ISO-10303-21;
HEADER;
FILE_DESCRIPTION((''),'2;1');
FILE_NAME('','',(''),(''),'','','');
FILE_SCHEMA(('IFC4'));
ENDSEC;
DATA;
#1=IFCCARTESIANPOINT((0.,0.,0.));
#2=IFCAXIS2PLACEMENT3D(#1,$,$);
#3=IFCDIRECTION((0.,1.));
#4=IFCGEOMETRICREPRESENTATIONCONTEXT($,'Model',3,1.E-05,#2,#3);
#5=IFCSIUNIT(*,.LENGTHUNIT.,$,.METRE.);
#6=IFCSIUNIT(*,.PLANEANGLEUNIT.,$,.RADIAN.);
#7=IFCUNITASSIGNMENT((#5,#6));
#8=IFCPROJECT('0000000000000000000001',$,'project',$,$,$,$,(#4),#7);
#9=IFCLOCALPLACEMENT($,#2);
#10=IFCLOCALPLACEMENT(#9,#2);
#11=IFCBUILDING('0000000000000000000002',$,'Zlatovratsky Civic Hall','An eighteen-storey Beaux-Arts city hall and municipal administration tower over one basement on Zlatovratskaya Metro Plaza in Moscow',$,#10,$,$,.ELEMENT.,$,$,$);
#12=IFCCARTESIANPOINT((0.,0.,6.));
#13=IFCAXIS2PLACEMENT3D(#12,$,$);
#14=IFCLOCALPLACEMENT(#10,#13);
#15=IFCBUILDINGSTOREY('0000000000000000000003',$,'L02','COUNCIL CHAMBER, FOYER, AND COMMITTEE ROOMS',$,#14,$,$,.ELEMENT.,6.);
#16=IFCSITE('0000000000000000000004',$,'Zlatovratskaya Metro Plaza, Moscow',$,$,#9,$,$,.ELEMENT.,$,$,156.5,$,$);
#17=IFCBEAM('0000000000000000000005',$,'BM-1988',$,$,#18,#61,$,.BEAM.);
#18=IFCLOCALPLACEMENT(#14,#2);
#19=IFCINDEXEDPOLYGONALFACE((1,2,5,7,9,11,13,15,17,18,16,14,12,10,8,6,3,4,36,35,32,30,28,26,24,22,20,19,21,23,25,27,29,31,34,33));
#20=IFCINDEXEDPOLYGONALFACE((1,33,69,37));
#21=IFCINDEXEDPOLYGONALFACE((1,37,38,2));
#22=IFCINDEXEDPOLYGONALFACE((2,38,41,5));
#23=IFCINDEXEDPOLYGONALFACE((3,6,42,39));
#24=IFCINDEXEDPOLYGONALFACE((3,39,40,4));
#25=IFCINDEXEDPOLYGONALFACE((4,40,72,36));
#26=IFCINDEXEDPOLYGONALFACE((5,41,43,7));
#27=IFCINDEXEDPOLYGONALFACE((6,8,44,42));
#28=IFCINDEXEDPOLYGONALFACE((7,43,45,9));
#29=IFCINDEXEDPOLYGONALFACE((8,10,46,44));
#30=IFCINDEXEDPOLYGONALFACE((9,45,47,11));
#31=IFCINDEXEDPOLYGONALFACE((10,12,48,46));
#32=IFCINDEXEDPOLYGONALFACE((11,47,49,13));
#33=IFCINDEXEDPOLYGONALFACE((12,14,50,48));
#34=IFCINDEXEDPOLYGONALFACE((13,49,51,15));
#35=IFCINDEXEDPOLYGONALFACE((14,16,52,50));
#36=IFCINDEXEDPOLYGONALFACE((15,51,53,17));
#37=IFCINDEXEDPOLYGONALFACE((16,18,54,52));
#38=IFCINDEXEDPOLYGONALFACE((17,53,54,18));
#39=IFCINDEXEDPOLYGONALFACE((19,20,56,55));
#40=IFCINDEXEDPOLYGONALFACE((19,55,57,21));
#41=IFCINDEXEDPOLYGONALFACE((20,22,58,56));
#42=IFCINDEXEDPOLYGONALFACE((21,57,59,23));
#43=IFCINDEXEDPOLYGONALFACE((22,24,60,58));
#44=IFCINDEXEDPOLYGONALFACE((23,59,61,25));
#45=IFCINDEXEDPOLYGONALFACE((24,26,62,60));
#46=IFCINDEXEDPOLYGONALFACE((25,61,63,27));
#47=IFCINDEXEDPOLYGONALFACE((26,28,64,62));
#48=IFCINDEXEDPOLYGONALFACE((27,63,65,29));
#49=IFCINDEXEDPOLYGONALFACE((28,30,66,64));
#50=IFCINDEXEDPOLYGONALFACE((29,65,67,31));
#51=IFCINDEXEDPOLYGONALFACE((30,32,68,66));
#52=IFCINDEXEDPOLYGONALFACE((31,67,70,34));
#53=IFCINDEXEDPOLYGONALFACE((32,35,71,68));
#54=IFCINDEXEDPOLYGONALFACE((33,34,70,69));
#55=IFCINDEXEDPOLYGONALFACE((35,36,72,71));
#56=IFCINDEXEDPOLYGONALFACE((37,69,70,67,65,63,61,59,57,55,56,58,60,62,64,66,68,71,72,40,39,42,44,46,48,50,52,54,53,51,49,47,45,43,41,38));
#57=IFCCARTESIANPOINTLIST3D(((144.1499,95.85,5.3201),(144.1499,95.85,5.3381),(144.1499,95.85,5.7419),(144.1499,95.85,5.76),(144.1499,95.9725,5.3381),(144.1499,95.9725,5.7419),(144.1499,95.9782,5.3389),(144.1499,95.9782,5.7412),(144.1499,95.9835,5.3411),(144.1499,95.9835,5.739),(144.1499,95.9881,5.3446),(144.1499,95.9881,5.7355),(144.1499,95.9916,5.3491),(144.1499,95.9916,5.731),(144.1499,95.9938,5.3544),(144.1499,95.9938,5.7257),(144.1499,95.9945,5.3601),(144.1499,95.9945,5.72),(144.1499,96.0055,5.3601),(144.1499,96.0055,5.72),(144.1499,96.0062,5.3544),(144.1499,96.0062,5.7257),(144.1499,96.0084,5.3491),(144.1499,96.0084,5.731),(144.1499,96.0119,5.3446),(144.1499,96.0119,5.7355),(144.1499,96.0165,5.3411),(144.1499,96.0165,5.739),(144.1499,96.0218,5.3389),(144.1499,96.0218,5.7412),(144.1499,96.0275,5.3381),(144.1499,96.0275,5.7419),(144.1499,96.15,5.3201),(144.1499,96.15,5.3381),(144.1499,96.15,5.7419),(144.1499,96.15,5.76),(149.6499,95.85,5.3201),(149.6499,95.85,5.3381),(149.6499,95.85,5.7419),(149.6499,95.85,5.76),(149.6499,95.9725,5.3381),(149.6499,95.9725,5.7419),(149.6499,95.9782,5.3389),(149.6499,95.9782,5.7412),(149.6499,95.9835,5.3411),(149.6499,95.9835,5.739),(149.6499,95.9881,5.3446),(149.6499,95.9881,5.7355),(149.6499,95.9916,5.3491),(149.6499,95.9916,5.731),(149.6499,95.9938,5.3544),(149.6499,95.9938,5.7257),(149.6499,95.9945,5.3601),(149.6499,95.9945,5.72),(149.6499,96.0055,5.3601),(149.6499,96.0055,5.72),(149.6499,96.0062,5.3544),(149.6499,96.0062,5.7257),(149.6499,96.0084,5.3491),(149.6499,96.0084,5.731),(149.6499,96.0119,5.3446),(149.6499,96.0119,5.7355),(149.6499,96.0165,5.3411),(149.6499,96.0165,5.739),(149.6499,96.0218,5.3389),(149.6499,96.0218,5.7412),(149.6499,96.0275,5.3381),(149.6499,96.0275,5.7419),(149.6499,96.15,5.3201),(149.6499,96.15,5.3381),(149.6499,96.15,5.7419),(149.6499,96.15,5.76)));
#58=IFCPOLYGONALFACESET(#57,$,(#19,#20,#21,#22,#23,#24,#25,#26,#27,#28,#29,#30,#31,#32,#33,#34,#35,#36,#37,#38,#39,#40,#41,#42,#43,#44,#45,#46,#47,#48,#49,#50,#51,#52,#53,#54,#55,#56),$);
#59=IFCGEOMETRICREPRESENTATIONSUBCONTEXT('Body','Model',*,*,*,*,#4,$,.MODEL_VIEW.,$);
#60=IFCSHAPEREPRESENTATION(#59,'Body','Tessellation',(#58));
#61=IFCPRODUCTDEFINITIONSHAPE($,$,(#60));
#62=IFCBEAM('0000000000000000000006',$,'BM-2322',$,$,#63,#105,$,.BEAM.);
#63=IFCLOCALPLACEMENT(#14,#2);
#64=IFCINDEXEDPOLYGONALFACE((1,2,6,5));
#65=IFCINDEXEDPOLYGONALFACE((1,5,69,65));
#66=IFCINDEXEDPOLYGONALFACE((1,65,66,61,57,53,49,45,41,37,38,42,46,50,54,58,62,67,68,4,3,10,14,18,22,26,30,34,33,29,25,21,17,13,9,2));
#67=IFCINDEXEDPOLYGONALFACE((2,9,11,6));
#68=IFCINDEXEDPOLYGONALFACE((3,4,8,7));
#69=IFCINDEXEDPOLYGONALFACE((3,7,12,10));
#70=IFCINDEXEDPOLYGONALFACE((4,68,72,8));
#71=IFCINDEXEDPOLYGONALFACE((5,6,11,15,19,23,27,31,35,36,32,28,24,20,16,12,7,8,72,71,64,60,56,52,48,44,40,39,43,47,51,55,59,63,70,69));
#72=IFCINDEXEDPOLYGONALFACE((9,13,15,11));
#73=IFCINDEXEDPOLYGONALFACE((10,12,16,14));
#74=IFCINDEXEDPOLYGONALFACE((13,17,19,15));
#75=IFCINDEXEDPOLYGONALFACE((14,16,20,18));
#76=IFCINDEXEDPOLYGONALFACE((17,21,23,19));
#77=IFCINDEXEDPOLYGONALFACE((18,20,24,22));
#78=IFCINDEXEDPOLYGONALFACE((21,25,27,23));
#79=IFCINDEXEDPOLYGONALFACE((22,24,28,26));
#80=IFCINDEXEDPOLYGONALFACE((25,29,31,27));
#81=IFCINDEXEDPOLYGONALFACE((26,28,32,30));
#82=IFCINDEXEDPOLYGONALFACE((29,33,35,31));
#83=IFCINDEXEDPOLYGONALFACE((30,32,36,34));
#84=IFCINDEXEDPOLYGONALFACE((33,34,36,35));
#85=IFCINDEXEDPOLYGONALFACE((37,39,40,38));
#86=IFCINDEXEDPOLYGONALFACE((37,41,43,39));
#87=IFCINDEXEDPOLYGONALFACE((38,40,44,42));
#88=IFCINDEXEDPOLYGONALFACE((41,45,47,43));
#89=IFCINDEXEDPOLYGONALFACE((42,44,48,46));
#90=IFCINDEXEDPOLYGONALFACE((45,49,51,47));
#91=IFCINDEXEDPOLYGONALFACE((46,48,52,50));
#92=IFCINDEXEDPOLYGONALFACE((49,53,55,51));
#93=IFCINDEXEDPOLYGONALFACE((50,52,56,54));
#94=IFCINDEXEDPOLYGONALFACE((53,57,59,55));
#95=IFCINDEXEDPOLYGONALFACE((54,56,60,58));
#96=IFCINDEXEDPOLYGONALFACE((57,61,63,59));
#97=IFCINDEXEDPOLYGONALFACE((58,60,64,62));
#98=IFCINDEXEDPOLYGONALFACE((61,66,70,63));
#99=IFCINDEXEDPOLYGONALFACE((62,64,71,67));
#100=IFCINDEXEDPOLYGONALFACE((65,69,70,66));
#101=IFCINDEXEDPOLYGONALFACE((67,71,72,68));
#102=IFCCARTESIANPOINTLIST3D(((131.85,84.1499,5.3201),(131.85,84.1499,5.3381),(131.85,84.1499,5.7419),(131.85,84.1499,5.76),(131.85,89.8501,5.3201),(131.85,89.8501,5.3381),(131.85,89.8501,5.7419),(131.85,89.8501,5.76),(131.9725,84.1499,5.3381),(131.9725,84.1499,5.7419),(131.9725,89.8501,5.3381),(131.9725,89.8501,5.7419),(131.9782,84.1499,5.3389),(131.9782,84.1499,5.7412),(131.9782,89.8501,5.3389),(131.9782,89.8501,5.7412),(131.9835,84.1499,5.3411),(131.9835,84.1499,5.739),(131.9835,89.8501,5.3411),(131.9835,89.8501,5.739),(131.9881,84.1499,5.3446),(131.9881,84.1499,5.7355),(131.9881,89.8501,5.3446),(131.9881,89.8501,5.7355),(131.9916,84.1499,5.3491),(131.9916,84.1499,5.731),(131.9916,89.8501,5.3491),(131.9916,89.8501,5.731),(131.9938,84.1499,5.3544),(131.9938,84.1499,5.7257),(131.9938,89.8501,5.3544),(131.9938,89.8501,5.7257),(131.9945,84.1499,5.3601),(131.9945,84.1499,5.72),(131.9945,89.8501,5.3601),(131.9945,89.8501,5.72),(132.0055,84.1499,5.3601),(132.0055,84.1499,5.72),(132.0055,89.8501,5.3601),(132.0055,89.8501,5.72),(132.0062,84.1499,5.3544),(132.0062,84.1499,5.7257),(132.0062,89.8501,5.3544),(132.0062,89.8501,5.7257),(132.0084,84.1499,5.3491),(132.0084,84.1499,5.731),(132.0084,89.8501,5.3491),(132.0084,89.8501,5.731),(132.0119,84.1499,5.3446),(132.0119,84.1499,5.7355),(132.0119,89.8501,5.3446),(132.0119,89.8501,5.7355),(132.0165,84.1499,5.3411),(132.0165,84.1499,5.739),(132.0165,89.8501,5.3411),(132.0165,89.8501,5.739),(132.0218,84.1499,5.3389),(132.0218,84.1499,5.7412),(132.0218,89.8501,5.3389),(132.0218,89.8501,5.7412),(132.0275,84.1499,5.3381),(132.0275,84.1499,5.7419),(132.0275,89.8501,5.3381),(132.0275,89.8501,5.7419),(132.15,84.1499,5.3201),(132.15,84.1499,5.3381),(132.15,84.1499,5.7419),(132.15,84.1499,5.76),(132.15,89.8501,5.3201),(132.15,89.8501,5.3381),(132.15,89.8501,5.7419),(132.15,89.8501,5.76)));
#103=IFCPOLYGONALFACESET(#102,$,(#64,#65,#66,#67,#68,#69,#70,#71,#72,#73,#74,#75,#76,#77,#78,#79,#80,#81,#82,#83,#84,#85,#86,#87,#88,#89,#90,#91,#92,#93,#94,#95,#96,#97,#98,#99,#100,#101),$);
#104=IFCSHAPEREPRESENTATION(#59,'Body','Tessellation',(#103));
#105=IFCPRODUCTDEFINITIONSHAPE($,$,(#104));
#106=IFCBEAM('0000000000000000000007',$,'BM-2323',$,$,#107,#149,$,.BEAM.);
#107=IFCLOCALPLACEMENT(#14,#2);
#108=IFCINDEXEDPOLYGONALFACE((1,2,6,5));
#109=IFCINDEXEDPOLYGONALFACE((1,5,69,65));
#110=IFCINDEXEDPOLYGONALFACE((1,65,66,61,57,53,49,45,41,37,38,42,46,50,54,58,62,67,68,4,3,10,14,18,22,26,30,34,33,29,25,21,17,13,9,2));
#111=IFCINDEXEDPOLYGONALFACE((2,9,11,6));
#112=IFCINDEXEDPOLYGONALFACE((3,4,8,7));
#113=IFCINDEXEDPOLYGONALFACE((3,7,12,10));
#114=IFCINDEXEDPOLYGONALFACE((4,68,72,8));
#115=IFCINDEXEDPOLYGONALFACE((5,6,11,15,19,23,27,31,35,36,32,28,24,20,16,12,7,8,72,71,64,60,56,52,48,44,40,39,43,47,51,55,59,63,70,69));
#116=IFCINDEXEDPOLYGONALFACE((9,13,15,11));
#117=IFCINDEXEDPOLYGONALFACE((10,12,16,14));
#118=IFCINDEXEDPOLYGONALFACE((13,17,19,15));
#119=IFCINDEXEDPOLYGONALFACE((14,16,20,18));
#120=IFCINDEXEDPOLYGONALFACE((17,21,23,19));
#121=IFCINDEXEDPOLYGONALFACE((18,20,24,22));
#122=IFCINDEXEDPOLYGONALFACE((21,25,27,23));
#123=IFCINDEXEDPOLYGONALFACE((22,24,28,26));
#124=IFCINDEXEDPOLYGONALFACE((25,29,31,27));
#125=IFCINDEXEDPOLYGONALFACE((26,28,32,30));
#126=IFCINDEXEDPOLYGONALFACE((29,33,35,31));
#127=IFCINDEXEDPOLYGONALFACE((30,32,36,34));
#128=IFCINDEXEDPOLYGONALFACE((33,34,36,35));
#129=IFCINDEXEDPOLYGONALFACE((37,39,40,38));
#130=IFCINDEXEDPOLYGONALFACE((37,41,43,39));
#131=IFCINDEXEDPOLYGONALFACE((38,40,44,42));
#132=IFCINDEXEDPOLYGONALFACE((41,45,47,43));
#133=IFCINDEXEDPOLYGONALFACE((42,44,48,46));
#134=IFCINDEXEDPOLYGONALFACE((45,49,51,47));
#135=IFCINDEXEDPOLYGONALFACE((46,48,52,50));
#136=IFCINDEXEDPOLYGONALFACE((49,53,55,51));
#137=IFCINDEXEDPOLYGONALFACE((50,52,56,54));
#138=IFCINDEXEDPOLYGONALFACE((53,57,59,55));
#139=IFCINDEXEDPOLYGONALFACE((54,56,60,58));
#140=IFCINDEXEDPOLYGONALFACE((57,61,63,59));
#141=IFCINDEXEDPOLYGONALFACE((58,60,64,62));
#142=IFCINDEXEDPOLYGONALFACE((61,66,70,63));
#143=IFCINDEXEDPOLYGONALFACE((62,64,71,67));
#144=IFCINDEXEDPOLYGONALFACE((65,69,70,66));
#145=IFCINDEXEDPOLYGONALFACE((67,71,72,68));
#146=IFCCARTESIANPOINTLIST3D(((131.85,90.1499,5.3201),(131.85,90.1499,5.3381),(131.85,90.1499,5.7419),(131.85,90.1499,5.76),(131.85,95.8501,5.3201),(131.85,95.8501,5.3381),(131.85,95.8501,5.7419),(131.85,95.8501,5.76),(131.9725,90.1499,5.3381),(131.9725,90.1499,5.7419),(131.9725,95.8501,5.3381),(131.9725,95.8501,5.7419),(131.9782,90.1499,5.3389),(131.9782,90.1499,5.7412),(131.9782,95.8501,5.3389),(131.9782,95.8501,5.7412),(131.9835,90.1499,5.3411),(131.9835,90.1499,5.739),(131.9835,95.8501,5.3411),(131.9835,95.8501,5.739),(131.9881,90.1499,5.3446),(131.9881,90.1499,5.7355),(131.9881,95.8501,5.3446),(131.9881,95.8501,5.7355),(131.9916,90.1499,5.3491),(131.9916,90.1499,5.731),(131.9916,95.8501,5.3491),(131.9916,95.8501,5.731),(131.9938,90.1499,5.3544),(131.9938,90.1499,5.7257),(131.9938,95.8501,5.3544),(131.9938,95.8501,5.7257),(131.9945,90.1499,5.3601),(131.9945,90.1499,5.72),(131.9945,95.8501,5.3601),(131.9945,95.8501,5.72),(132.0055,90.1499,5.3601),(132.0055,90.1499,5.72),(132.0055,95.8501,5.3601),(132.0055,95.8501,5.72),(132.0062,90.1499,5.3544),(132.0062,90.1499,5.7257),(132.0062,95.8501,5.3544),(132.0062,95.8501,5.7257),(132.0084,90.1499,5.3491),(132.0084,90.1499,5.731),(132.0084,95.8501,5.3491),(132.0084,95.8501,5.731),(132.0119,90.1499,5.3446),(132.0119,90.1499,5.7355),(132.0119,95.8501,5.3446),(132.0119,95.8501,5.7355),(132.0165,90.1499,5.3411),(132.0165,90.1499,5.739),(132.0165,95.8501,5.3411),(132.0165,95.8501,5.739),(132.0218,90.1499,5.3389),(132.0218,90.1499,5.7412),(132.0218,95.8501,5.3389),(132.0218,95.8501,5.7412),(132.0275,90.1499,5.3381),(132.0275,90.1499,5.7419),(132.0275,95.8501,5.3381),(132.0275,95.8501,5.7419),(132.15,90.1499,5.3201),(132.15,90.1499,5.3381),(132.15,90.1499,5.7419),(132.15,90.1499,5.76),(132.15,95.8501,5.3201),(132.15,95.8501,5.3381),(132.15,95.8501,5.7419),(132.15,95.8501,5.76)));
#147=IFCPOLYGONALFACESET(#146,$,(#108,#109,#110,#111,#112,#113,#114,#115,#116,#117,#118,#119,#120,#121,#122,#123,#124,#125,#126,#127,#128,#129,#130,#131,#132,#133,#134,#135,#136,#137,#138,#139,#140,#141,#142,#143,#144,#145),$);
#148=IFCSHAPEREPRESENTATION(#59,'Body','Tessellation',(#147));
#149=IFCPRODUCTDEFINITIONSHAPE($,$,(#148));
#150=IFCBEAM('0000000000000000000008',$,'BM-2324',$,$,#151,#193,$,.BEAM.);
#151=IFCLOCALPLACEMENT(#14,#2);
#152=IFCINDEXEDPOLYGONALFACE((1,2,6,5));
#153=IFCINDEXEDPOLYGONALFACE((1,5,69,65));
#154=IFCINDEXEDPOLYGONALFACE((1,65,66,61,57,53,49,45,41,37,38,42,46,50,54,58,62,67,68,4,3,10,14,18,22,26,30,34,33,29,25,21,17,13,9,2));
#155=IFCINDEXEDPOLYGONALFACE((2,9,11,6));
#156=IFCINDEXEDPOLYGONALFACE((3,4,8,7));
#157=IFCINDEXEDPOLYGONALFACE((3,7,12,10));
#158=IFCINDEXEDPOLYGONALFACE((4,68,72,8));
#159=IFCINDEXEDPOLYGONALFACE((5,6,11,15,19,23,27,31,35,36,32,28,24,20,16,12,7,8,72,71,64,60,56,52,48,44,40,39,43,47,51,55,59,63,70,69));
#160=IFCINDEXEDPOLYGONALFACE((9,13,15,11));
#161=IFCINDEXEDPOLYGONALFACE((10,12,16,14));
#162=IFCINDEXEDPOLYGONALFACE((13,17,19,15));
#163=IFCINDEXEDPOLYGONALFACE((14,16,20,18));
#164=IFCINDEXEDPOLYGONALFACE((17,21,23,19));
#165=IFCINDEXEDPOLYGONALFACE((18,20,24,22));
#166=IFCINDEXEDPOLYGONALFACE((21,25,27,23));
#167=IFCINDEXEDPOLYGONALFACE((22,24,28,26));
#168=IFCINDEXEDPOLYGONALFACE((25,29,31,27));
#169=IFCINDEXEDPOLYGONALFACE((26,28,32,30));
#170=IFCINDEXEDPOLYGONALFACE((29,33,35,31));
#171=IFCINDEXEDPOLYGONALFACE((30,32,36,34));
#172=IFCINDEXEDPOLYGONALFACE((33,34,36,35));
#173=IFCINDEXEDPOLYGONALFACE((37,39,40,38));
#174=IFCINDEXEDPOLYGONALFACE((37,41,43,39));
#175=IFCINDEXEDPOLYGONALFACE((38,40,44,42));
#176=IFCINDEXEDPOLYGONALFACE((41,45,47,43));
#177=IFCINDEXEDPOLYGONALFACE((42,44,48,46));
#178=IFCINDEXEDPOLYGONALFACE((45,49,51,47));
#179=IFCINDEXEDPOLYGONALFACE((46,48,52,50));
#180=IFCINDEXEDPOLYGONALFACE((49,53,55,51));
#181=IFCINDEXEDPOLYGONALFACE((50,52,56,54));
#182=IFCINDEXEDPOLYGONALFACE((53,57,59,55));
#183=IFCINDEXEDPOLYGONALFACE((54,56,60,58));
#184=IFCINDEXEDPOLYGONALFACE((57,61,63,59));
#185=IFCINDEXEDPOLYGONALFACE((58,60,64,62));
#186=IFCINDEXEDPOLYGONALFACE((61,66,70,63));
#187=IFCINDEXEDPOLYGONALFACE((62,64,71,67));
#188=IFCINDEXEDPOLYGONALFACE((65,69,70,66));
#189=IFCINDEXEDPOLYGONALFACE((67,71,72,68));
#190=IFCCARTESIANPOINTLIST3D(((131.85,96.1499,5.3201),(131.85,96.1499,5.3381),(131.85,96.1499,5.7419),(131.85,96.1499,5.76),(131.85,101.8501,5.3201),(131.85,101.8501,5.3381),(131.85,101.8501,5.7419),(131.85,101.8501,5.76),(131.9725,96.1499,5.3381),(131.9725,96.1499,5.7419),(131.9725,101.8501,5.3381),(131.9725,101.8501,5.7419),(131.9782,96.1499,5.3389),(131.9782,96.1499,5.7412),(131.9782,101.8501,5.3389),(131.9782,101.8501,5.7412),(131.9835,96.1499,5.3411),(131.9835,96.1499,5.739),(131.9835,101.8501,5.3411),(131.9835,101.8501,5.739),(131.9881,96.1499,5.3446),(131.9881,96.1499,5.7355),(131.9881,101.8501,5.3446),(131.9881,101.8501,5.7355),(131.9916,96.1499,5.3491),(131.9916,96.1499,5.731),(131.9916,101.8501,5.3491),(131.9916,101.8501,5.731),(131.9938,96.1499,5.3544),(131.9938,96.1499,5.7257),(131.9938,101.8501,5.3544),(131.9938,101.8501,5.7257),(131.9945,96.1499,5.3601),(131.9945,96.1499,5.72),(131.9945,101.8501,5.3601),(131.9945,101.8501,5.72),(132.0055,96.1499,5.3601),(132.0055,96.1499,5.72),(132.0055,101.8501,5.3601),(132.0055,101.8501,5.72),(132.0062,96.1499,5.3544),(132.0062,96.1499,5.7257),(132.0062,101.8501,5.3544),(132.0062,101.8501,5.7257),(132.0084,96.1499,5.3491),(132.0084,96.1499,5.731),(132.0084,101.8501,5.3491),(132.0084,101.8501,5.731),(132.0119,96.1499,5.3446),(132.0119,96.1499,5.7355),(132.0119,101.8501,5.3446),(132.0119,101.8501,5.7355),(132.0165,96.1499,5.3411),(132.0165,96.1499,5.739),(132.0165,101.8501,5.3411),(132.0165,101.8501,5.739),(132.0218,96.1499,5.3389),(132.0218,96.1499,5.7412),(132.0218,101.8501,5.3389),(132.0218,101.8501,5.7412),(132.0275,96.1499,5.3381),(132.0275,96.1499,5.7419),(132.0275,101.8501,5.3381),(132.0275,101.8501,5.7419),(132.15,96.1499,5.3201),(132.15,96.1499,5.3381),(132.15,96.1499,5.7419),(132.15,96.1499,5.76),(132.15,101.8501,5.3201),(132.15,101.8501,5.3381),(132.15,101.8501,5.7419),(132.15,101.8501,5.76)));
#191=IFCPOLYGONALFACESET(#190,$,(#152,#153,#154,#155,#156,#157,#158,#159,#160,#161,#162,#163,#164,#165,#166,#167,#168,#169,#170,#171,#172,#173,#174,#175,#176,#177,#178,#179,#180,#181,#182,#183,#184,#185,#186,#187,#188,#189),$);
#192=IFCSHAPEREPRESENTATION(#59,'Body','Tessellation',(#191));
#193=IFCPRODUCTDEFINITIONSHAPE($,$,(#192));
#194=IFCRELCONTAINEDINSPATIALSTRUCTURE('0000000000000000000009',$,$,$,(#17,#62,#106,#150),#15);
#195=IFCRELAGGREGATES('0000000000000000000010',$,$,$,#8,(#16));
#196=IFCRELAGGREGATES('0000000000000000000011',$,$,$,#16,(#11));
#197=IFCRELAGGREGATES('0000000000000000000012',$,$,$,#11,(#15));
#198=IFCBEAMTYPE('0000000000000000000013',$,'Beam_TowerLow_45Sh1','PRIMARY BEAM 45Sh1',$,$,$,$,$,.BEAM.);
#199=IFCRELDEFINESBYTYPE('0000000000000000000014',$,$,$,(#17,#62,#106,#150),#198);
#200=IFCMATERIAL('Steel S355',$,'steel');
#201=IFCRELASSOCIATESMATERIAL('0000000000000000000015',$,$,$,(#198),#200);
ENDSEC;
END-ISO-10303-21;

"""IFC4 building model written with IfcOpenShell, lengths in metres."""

from ifc_helpers import new_model, si_unit, direction, frame, origin, origin_2d, place, context, subcontext, project, spatial, i_section, extrude, material, material_profile, profile_set, type_object, element, save


model = new_model("IFC4")

# Units and contexts
model_context = context("Model", 3, precision=1e-05, world=origin(), true_north=direction((0.0, 1.0)))
body_context = subcontext(model_context, "Body", "Model", "MODEL_VIEW")
ifc_project = project(units=[si_unit("LENGTHUNIT", "METRE"), si_unit("PLANEANGLEUNIT", "RADIAN")], contexts=[model_context])

# Site, building, storey
site_placement = place(None, origin())
site = spatial("IfcSite", under=ifc_project, at=site_placement, Name="Zlatovratskaya Metro Plaza, Moscow", CompositionType="ELEMENT", RefElevation=156.5)
building_placement = place(site_placement, origin())
building = spatial("IfcBuilding", under=site, at=building_placement, Name="Zlatovratsky Civic Hall", Description="An eighteen-storey Beaux-Arts city hall and municipal administration tower over one basement on Zlatovratskaya Metro Plaza in Moscow", CompositionType="ELEMENT")
storey_placement = place(building_placement, frame((0.0, 0.0, 6.0)))
storey = spatial("IfcBuildingStorey", under=building, at=storey_placement, Name="L02", Description="COUNCIL CHAMBER, FOYER, AND COMMITTEE ROOMS", CompositionType="ELEMENT", Elevation=6.0)

# Shared definitions
ifc_material_1 = material(Name="Steel S355", Category="steel")

# Beams
ifc_material_profile_1 = material_profile(ifc_material_1, i_section(OverallWidth=0.3, OverallDepth=0.4399, WebThickness=0.011, FlangeThickness=0.0181, FilletRadius=0.022, at=origin_2d()), Name="45Sh1")
ifc_profile_set_1 = profile_set([ifc_material_profile_1], Name="Steel S355")
beam_type_1 = type_object("IfcBeamType", Name="Beam_TowerLow_45Sh1", Description="PRIMARY BEAM 45Sh1", PredefinedType="BEAM", material=ifc_profile_set_1)
for number, where, z_axis, x_axis, name in (
    (1, (144.1499, 96.0, 5.54), (1.0, 0.0, 0.0), (0.0, 1.0, 0.0), "BM-1988"),
):
    element("IfcBeam", number, at=place(storey_placement, frame(where, z_axis=z_axis, x_axis=x_axis)), inside=storey, type_object=beam_type_1, Name=name, PredefinedType="BEAM", context=body_context, shape_type="SweptSolid", body=[
        extrude(i_section(OverallWidth=0.3, OverallDepth=0.4399, WebThickness=0.011, FlangeThickness=0.0181, FilletRadius=0.022, at=origin_2d()), origin(), (0.0, 0.0, 1.0), 5.5),
    ])
for number, where, z_axis, x_axis, name in (
    (2, (132.0, 84.1499, 5.54), (0.0, 1.0, 0.0), (-1.0, 0.0, 0.0), "BM-2322"),
    (3, (132.0, 90.1499, 5.54), (0.0, 1.0, 0.0), (-1.0, 0.0, 0.0), "BM-2323"),
    (4, (132.0, 96.1499, 5.54), (0.0, 1.0, 0.0), (-1.0, 0.0, 0.0), "BM-2324"),
):
    element("IfcBeam", number, at=place(storey_placement, frame(where, z_axis=z_axis, x_axis=x_axis)), inside=storey, type_object=beam_type_1, Name=name, PredefinedType="BEAM", context=body_context, shape_type="SweptSolid", body=[
        extrude(i_section(OverallWidth=0.3, OverallDepth=0.4399, WebThickness=0.011, FlangeThickness=0.0181, FilletRadius=0.022, at=origin_2d()), origin(), (0.0, 0.0, 1.0), 5.7002),
    ])

save(model, "model.ifc")
